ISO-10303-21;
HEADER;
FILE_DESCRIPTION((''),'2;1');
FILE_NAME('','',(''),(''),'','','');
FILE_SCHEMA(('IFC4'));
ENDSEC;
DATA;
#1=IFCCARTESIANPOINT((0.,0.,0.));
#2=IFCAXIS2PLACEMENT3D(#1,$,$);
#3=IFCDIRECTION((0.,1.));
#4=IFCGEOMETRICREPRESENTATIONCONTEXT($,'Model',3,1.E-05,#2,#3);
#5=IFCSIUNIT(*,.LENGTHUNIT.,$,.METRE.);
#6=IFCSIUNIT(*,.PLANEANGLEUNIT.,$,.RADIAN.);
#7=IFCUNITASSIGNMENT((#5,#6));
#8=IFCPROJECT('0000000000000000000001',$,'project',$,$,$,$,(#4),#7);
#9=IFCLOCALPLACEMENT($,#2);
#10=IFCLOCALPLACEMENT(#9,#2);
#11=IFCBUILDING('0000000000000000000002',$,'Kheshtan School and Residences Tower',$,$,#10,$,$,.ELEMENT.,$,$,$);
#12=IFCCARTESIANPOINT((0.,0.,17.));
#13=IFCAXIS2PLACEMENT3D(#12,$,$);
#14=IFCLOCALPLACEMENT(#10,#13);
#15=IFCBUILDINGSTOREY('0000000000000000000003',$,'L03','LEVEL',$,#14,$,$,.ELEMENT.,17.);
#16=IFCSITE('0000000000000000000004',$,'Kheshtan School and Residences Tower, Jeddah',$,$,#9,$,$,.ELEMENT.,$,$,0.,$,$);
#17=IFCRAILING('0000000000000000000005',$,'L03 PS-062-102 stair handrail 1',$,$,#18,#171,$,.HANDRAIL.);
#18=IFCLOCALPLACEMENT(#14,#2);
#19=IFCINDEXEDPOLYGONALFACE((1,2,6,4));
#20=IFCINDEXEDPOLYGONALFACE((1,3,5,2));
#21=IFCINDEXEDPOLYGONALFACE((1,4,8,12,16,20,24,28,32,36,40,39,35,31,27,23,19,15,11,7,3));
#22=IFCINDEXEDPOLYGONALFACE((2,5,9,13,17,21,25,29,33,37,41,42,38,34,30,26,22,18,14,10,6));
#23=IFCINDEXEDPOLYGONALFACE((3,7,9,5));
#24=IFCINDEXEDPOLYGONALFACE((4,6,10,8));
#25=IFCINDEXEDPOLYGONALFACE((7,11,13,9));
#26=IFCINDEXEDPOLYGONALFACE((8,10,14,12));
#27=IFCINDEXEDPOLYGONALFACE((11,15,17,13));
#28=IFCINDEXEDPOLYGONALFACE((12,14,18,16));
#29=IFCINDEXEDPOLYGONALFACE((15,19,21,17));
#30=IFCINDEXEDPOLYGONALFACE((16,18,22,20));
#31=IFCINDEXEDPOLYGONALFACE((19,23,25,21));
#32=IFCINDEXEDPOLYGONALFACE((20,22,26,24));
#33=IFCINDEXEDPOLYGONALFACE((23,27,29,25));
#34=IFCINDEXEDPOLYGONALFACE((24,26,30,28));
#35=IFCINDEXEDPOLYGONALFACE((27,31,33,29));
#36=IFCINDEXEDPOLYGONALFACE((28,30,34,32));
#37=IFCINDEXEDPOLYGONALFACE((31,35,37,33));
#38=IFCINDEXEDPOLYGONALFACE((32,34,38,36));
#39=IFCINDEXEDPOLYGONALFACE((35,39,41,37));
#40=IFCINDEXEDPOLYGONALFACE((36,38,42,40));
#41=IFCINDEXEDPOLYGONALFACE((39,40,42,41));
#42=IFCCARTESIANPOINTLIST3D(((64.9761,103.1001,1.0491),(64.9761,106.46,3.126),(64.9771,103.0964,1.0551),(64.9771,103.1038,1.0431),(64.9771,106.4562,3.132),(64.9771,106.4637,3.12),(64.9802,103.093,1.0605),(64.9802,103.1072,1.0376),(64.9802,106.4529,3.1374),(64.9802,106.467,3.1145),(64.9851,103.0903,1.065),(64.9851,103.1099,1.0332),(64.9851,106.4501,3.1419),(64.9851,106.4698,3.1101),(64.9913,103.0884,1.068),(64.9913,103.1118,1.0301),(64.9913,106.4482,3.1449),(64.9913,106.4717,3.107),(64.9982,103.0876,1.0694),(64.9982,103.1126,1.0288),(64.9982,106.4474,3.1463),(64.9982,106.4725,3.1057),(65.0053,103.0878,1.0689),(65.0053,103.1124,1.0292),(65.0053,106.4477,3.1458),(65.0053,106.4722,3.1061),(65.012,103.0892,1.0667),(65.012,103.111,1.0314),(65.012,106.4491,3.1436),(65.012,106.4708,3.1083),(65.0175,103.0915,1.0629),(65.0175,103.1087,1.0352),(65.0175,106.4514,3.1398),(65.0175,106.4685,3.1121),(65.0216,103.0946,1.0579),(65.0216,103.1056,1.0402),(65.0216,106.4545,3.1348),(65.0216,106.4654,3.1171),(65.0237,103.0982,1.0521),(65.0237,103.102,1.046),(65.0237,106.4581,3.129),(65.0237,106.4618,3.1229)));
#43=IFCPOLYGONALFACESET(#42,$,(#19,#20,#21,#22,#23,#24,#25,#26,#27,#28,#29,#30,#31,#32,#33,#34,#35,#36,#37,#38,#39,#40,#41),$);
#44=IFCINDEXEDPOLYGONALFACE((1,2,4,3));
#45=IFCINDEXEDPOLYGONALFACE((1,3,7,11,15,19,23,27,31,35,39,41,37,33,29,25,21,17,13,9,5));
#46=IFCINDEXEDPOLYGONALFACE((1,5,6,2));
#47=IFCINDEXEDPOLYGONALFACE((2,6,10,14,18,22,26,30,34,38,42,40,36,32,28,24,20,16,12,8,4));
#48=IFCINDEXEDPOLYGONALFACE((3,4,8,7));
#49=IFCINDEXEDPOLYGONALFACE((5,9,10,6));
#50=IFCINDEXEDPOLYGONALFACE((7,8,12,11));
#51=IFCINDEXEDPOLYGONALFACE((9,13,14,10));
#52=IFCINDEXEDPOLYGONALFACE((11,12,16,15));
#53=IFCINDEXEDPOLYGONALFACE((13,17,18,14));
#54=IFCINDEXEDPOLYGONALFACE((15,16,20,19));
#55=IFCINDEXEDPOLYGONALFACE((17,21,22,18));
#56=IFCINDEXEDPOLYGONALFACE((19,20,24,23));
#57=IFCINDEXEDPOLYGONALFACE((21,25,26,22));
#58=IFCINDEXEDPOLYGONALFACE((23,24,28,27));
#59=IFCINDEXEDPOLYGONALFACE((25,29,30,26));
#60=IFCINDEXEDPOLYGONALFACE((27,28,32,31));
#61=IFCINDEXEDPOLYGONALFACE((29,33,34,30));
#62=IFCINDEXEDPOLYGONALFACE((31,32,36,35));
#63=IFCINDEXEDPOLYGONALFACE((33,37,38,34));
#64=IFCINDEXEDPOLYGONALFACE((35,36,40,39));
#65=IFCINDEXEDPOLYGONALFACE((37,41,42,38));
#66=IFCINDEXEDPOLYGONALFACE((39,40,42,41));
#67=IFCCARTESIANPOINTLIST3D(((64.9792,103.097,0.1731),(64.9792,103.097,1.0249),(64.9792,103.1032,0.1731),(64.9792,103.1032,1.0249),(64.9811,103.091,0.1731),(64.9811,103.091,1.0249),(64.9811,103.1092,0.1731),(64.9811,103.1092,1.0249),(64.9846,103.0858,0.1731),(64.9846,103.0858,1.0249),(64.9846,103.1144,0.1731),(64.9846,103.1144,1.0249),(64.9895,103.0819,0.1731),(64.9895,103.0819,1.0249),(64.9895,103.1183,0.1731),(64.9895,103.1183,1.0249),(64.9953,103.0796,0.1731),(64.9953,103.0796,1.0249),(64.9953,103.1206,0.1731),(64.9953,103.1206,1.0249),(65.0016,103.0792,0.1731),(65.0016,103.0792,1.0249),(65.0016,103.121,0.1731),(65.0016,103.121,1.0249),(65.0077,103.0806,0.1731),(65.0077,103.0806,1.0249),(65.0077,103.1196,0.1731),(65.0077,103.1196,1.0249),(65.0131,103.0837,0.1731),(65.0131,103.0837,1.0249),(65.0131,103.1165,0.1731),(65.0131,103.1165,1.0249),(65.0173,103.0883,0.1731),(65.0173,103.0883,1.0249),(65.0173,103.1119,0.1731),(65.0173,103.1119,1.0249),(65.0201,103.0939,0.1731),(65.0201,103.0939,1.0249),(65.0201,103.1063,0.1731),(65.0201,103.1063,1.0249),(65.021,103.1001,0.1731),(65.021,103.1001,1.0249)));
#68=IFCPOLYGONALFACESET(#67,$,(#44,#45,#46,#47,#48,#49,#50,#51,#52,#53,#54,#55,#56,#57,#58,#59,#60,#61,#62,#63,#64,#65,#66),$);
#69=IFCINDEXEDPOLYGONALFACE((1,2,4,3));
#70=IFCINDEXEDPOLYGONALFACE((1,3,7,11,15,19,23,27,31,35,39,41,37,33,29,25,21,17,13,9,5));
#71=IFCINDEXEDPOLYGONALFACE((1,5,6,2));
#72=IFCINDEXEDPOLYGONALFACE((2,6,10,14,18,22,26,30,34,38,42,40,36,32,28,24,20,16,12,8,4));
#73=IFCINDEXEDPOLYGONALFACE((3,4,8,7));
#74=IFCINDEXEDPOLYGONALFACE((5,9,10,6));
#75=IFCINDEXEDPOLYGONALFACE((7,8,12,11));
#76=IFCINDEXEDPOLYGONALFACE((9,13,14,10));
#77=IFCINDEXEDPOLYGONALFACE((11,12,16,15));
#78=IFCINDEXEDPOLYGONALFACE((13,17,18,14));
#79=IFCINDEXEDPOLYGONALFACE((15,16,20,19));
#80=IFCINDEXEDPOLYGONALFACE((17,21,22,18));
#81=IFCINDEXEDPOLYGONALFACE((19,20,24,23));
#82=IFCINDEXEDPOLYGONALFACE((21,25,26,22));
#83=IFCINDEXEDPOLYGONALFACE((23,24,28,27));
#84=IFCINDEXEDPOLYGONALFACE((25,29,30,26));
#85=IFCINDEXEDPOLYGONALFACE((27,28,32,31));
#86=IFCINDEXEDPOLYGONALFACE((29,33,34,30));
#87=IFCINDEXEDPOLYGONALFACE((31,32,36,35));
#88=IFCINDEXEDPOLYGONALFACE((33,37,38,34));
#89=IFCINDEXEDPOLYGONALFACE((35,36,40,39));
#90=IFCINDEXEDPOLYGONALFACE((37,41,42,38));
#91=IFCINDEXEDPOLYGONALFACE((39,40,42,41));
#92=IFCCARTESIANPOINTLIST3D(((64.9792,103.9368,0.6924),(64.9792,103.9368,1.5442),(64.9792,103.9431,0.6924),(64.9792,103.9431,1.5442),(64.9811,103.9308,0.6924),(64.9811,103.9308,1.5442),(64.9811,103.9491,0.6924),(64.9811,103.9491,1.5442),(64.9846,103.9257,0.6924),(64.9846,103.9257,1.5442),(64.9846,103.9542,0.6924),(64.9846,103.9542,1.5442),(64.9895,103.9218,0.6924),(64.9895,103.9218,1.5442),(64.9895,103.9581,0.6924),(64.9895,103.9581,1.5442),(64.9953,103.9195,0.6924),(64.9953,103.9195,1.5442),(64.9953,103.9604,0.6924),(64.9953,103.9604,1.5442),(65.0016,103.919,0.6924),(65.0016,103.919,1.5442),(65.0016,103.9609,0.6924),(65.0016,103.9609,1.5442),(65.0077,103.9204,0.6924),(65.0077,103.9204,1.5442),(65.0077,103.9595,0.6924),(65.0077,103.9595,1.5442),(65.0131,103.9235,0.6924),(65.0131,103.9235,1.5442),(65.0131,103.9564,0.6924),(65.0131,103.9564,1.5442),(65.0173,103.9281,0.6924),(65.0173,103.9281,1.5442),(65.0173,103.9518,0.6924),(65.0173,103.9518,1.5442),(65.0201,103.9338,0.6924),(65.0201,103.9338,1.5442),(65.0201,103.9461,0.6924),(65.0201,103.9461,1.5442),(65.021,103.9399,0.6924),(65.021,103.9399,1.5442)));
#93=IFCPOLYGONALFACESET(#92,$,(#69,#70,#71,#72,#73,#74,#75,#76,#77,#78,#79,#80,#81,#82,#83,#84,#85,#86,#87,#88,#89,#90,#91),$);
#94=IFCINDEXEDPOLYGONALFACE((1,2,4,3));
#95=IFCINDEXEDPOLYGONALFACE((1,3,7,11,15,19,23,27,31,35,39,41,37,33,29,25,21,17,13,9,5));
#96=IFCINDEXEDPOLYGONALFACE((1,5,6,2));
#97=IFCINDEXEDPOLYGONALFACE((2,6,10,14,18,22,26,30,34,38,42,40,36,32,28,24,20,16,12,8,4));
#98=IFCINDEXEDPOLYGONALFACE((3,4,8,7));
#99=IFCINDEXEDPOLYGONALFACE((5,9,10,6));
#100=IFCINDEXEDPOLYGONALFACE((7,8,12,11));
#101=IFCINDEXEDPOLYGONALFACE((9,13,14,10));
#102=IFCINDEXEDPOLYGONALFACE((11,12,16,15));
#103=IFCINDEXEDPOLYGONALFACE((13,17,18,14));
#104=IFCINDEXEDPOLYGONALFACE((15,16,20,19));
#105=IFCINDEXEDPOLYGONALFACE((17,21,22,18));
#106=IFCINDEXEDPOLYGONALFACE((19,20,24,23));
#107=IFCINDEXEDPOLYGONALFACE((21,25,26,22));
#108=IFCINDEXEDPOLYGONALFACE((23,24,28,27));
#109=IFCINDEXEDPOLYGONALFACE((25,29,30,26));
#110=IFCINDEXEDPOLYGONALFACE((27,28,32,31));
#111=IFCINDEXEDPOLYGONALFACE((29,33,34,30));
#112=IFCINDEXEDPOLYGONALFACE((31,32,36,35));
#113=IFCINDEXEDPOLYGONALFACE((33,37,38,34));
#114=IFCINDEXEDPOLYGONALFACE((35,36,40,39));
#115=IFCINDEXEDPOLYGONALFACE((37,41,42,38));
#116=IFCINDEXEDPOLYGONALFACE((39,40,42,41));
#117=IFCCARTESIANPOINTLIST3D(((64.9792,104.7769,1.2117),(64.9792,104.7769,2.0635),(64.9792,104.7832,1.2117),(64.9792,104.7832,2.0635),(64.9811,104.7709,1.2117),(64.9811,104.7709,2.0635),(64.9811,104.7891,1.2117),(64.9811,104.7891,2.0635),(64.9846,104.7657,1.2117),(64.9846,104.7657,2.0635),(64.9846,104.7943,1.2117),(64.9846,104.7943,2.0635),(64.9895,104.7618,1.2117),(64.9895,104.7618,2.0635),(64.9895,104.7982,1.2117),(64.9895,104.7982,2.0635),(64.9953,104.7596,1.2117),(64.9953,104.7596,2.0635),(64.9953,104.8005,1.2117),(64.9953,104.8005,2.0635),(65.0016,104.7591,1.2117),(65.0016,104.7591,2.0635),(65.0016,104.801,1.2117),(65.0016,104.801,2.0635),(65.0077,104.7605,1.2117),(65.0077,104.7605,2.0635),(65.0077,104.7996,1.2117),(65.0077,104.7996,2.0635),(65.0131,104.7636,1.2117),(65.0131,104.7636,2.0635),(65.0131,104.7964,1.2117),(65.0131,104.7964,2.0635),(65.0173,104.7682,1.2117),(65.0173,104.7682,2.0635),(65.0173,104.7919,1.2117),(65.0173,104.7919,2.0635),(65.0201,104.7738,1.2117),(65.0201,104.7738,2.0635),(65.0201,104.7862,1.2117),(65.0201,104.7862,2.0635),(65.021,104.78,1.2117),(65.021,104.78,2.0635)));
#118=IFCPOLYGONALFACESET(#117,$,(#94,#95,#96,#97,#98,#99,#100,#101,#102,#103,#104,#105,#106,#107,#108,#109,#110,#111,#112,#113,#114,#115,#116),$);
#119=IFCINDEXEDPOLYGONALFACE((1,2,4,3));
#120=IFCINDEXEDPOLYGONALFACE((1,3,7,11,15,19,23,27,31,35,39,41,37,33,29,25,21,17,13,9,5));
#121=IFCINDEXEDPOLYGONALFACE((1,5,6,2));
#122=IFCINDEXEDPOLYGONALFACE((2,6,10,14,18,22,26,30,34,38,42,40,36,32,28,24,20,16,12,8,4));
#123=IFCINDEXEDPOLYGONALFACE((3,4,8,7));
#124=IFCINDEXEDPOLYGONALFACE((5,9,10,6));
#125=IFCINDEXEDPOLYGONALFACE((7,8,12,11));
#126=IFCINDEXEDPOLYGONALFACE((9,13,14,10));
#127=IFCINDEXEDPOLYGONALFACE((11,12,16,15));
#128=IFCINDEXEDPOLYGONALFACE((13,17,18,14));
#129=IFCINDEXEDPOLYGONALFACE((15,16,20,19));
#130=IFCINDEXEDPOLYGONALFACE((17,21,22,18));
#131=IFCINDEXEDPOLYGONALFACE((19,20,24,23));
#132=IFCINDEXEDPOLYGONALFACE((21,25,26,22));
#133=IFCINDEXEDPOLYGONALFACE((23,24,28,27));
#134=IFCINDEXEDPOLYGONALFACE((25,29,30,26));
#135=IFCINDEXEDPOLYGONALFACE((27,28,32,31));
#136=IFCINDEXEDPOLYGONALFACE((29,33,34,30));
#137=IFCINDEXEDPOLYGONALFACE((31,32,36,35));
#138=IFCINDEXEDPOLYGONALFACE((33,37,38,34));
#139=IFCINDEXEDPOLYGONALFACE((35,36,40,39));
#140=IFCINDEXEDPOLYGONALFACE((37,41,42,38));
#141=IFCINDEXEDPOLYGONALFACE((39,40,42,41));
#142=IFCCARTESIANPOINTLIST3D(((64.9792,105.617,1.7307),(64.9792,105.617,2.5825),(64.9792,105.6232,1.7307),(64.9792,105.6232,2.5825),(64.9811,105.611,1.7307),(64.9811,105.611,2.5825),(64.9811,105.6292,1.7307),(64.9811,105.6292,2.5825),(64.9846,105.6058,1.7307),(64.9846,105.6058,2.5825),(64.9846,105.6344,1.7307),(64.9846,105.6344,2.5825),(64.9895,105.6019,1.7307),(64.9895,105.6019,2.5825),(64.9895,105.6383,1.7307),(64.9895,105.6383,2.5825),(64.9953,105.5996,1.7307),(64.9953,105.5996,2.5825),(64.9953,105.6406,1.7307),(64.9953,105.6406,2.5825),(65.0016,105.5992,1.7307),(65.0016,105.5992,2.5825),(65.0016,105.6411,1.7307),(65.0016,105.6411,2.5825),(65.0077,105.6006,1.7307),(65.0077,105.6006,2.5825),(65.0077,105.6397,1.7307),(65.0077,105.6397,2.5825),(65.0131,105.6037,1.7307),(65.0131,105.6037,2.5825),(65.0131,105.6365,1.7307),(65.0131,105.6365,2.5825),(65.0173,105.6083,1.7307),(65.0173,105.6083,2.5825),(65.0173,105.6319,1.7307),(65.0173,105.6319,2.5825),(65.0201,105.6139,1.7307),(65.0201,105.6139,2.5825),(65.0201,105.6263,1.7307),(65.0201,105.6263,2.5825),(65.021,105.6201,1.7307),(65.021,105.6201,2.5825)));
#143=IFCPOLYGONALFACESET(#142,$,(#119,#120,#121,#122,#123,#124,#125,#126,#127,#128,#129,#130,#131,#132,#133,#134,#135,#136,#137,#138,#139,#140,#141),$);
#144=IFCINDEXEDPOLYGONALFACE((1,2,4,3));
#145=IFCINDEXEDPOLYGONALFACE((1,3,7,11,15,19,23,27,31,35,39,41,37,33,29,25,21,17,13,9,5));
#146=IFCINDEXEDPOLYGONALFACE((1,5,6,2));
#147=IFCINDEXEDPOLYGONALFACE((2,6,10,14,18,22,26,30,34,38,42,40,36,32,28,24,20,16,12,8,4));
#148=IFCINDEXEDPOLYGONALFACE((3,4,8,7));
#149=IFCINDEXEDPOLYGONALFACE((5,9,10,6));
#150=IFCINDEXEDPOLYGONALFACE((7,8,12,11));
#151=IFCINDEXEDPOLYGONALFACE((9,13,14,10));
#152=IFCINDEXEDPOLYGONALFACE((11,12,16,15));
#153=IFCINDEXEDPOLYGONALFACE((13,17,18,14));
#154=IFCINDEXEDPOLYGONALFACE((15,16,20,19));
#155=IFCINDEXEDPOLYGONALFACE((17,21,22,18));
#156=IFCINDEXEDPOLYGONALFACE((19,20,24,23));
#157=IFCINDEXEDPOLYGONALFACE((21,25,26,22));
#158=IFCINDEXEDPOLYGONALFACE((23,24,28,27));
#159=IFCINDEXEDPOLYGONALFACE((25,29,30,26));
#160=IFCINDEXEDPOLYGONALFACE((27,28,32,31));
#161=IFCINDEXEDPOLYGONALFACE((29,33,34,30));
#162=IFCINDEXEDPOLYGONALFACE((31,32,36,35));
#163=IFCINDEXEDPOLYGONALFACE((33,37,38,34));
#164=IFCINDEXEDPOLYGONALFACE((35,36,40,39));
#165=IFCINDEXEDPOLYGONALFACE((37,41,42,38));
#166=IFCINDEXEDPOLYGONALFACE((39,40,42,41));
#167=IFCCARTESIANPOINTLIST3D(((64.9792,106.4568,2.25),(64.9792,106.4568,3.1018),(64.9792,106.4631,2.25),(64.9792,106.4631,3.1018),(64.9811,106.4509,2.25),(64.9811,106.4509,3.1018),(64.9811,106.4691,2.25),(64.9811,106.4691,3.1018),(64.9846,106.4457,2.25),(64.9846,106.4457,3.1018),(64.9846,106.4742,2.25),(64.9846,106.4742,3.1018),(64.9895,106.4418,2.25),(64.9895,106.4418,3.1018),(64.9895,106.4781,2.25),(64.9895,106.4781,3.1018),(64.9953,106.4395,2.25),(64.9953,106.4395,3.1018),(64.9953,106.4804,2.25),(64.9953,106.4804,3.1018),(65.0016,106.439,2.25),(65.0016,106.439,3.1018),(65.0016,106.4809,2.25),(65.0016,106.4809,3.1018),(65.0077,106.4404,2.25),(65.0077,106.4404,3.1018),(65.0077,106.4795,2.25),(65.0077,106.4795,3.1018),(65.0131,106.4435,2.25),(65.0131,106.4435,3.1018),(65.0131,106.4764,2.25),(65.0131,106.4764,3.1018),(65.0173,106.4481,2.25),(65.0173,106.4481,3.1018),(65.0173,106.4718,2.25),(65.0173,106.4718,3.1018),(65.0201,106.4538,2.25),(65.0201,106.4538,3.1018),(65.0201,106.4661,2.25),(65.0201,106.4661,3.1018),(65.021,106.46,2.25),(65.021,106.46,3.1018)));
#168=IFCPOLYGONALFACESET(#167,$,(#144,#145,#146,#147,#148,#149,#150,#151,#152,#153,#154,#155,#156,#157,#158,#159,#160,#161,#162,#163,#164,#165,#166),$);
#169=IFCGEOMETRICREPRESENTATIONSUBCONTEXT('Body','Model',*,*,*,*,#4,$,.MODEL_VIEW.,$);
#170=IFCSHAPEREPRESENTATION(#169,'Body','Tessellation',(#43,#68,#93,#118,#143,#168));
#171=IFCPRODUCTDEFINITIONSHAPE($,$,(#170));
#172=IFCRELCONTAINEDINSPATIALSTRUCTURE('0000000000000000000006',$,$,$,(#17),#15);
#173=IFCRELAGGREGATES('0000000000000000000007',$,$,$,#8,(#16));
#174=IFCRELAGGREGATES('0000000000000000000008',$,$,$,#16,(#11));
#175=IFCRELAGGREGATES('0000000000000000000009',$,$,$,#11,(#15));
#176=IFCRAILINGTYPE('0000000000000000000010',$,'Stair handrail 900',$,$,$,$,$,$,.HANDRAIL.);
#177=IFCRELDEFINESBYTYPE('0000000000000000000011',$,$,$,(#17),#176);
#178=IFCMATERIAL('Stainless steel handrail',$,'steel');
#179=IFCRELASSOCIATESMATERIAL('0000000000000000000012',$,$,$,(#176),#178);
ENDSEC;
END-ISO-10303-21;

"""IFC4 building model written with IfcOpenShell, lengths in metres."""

from ifc_helpers import new_model, si_unit, direction, frame, origin, origin_2d, place, context, subcontext, project, spatial, circle, extrude, material, type_object, element, save


model = new_model("IFC4")

# Units and contexts
model_context = context("Model", 3, precision=1e-05, world=origin(), true_north=direction((0.0, 1.0)))
body_context = subcontext(model_context, "Body", "Model", "MODEL_VIEW")
ifc_project = project(units=[si_unit("LENGTHUNIT", "METRE"), si_unit("PLANEANGLEUNIT", "RADIAN")], contexts=[model_context])

# Site, building, storey
site_placement = place(None, origin())
site = spatial("IfcSite", under=ifc_project, at=site_placement, Name="Kheshtan School and Residences Tower, Jeddah", CompositionType="ELEMENT", RefElevation=0.0)
building_placement = place(site_placement, origin())
building = spatial("IfcBuilding", under=site, at=building_placement, Name="Kheshtan School and Residences Tower", CompositionType="ELEMENT")
storey_placement = place(building_placement, frame((0.0, 0.0, 17.0)))
storey = spatial("IfcBuildingStorey", under=building, at=storey_placement, Name="L03", Description="LEVEL", CompositionType="ELEMENT", Elevation=17.0)

# Railing
ifc_material_1 = material(Name="Stainless steel handrail", Category="steel")
railing_type_1 = type_object("IfcRailingType", Name="Stair handrail 900", PredefinedType="HANDRAIL", material=ifc_material_1)
railing_1_placement = place(storey_placement, frame((65.0, 103.1001, 0.1731)))
element("IfcRailing", 1, at=railing_1_placement, inside=storey, type_object=railing_type_1, Name="L03 PS-062-102 stair handrail 1", PredefinedType="HANDRAIL", context=body_context, shape_type="SweptSolid", body=[
    extrude(circle(Radius=0.0239, at=origin_2d()), frame((0.0, 0.0, 0.876), z_axis=(0.0, 0.850606, 0.525803), x_axis=(-1.0, 0.0, 0.0)), (0.0, 0.0, 1.0), 3.95),
    extrude(circle(Radius=0.021, at=origin_2d()), origin(), (0.0, 0.0, 1.0), 0.8518),
    extrude(circle(Radius=0.021, at=origin_2d()), frame((0.0, 0.8398, 0.5193)), (0.0, 0.0, 1.0), 0.8518),
    extrude(circle(Radius=0.021, at=origin_2d()), frame((0.0, 1.6799, 1.0386)), (0.0, 0.0, 1.0), 0.8518),
    extrude(circle(Radius=0.021, at=origin_2d()), frame((0.0, 2.52, 1.5576)), (0.0, 0.0, 1.0), 0.8518),
    extrude(circle(Radius=0.021, at=origin_2d()), frame((0.0, 3.3599, 2.0769)), (0.0, 0.0, 1.0), 0.8518),
])

save(model, "model.ifc")
